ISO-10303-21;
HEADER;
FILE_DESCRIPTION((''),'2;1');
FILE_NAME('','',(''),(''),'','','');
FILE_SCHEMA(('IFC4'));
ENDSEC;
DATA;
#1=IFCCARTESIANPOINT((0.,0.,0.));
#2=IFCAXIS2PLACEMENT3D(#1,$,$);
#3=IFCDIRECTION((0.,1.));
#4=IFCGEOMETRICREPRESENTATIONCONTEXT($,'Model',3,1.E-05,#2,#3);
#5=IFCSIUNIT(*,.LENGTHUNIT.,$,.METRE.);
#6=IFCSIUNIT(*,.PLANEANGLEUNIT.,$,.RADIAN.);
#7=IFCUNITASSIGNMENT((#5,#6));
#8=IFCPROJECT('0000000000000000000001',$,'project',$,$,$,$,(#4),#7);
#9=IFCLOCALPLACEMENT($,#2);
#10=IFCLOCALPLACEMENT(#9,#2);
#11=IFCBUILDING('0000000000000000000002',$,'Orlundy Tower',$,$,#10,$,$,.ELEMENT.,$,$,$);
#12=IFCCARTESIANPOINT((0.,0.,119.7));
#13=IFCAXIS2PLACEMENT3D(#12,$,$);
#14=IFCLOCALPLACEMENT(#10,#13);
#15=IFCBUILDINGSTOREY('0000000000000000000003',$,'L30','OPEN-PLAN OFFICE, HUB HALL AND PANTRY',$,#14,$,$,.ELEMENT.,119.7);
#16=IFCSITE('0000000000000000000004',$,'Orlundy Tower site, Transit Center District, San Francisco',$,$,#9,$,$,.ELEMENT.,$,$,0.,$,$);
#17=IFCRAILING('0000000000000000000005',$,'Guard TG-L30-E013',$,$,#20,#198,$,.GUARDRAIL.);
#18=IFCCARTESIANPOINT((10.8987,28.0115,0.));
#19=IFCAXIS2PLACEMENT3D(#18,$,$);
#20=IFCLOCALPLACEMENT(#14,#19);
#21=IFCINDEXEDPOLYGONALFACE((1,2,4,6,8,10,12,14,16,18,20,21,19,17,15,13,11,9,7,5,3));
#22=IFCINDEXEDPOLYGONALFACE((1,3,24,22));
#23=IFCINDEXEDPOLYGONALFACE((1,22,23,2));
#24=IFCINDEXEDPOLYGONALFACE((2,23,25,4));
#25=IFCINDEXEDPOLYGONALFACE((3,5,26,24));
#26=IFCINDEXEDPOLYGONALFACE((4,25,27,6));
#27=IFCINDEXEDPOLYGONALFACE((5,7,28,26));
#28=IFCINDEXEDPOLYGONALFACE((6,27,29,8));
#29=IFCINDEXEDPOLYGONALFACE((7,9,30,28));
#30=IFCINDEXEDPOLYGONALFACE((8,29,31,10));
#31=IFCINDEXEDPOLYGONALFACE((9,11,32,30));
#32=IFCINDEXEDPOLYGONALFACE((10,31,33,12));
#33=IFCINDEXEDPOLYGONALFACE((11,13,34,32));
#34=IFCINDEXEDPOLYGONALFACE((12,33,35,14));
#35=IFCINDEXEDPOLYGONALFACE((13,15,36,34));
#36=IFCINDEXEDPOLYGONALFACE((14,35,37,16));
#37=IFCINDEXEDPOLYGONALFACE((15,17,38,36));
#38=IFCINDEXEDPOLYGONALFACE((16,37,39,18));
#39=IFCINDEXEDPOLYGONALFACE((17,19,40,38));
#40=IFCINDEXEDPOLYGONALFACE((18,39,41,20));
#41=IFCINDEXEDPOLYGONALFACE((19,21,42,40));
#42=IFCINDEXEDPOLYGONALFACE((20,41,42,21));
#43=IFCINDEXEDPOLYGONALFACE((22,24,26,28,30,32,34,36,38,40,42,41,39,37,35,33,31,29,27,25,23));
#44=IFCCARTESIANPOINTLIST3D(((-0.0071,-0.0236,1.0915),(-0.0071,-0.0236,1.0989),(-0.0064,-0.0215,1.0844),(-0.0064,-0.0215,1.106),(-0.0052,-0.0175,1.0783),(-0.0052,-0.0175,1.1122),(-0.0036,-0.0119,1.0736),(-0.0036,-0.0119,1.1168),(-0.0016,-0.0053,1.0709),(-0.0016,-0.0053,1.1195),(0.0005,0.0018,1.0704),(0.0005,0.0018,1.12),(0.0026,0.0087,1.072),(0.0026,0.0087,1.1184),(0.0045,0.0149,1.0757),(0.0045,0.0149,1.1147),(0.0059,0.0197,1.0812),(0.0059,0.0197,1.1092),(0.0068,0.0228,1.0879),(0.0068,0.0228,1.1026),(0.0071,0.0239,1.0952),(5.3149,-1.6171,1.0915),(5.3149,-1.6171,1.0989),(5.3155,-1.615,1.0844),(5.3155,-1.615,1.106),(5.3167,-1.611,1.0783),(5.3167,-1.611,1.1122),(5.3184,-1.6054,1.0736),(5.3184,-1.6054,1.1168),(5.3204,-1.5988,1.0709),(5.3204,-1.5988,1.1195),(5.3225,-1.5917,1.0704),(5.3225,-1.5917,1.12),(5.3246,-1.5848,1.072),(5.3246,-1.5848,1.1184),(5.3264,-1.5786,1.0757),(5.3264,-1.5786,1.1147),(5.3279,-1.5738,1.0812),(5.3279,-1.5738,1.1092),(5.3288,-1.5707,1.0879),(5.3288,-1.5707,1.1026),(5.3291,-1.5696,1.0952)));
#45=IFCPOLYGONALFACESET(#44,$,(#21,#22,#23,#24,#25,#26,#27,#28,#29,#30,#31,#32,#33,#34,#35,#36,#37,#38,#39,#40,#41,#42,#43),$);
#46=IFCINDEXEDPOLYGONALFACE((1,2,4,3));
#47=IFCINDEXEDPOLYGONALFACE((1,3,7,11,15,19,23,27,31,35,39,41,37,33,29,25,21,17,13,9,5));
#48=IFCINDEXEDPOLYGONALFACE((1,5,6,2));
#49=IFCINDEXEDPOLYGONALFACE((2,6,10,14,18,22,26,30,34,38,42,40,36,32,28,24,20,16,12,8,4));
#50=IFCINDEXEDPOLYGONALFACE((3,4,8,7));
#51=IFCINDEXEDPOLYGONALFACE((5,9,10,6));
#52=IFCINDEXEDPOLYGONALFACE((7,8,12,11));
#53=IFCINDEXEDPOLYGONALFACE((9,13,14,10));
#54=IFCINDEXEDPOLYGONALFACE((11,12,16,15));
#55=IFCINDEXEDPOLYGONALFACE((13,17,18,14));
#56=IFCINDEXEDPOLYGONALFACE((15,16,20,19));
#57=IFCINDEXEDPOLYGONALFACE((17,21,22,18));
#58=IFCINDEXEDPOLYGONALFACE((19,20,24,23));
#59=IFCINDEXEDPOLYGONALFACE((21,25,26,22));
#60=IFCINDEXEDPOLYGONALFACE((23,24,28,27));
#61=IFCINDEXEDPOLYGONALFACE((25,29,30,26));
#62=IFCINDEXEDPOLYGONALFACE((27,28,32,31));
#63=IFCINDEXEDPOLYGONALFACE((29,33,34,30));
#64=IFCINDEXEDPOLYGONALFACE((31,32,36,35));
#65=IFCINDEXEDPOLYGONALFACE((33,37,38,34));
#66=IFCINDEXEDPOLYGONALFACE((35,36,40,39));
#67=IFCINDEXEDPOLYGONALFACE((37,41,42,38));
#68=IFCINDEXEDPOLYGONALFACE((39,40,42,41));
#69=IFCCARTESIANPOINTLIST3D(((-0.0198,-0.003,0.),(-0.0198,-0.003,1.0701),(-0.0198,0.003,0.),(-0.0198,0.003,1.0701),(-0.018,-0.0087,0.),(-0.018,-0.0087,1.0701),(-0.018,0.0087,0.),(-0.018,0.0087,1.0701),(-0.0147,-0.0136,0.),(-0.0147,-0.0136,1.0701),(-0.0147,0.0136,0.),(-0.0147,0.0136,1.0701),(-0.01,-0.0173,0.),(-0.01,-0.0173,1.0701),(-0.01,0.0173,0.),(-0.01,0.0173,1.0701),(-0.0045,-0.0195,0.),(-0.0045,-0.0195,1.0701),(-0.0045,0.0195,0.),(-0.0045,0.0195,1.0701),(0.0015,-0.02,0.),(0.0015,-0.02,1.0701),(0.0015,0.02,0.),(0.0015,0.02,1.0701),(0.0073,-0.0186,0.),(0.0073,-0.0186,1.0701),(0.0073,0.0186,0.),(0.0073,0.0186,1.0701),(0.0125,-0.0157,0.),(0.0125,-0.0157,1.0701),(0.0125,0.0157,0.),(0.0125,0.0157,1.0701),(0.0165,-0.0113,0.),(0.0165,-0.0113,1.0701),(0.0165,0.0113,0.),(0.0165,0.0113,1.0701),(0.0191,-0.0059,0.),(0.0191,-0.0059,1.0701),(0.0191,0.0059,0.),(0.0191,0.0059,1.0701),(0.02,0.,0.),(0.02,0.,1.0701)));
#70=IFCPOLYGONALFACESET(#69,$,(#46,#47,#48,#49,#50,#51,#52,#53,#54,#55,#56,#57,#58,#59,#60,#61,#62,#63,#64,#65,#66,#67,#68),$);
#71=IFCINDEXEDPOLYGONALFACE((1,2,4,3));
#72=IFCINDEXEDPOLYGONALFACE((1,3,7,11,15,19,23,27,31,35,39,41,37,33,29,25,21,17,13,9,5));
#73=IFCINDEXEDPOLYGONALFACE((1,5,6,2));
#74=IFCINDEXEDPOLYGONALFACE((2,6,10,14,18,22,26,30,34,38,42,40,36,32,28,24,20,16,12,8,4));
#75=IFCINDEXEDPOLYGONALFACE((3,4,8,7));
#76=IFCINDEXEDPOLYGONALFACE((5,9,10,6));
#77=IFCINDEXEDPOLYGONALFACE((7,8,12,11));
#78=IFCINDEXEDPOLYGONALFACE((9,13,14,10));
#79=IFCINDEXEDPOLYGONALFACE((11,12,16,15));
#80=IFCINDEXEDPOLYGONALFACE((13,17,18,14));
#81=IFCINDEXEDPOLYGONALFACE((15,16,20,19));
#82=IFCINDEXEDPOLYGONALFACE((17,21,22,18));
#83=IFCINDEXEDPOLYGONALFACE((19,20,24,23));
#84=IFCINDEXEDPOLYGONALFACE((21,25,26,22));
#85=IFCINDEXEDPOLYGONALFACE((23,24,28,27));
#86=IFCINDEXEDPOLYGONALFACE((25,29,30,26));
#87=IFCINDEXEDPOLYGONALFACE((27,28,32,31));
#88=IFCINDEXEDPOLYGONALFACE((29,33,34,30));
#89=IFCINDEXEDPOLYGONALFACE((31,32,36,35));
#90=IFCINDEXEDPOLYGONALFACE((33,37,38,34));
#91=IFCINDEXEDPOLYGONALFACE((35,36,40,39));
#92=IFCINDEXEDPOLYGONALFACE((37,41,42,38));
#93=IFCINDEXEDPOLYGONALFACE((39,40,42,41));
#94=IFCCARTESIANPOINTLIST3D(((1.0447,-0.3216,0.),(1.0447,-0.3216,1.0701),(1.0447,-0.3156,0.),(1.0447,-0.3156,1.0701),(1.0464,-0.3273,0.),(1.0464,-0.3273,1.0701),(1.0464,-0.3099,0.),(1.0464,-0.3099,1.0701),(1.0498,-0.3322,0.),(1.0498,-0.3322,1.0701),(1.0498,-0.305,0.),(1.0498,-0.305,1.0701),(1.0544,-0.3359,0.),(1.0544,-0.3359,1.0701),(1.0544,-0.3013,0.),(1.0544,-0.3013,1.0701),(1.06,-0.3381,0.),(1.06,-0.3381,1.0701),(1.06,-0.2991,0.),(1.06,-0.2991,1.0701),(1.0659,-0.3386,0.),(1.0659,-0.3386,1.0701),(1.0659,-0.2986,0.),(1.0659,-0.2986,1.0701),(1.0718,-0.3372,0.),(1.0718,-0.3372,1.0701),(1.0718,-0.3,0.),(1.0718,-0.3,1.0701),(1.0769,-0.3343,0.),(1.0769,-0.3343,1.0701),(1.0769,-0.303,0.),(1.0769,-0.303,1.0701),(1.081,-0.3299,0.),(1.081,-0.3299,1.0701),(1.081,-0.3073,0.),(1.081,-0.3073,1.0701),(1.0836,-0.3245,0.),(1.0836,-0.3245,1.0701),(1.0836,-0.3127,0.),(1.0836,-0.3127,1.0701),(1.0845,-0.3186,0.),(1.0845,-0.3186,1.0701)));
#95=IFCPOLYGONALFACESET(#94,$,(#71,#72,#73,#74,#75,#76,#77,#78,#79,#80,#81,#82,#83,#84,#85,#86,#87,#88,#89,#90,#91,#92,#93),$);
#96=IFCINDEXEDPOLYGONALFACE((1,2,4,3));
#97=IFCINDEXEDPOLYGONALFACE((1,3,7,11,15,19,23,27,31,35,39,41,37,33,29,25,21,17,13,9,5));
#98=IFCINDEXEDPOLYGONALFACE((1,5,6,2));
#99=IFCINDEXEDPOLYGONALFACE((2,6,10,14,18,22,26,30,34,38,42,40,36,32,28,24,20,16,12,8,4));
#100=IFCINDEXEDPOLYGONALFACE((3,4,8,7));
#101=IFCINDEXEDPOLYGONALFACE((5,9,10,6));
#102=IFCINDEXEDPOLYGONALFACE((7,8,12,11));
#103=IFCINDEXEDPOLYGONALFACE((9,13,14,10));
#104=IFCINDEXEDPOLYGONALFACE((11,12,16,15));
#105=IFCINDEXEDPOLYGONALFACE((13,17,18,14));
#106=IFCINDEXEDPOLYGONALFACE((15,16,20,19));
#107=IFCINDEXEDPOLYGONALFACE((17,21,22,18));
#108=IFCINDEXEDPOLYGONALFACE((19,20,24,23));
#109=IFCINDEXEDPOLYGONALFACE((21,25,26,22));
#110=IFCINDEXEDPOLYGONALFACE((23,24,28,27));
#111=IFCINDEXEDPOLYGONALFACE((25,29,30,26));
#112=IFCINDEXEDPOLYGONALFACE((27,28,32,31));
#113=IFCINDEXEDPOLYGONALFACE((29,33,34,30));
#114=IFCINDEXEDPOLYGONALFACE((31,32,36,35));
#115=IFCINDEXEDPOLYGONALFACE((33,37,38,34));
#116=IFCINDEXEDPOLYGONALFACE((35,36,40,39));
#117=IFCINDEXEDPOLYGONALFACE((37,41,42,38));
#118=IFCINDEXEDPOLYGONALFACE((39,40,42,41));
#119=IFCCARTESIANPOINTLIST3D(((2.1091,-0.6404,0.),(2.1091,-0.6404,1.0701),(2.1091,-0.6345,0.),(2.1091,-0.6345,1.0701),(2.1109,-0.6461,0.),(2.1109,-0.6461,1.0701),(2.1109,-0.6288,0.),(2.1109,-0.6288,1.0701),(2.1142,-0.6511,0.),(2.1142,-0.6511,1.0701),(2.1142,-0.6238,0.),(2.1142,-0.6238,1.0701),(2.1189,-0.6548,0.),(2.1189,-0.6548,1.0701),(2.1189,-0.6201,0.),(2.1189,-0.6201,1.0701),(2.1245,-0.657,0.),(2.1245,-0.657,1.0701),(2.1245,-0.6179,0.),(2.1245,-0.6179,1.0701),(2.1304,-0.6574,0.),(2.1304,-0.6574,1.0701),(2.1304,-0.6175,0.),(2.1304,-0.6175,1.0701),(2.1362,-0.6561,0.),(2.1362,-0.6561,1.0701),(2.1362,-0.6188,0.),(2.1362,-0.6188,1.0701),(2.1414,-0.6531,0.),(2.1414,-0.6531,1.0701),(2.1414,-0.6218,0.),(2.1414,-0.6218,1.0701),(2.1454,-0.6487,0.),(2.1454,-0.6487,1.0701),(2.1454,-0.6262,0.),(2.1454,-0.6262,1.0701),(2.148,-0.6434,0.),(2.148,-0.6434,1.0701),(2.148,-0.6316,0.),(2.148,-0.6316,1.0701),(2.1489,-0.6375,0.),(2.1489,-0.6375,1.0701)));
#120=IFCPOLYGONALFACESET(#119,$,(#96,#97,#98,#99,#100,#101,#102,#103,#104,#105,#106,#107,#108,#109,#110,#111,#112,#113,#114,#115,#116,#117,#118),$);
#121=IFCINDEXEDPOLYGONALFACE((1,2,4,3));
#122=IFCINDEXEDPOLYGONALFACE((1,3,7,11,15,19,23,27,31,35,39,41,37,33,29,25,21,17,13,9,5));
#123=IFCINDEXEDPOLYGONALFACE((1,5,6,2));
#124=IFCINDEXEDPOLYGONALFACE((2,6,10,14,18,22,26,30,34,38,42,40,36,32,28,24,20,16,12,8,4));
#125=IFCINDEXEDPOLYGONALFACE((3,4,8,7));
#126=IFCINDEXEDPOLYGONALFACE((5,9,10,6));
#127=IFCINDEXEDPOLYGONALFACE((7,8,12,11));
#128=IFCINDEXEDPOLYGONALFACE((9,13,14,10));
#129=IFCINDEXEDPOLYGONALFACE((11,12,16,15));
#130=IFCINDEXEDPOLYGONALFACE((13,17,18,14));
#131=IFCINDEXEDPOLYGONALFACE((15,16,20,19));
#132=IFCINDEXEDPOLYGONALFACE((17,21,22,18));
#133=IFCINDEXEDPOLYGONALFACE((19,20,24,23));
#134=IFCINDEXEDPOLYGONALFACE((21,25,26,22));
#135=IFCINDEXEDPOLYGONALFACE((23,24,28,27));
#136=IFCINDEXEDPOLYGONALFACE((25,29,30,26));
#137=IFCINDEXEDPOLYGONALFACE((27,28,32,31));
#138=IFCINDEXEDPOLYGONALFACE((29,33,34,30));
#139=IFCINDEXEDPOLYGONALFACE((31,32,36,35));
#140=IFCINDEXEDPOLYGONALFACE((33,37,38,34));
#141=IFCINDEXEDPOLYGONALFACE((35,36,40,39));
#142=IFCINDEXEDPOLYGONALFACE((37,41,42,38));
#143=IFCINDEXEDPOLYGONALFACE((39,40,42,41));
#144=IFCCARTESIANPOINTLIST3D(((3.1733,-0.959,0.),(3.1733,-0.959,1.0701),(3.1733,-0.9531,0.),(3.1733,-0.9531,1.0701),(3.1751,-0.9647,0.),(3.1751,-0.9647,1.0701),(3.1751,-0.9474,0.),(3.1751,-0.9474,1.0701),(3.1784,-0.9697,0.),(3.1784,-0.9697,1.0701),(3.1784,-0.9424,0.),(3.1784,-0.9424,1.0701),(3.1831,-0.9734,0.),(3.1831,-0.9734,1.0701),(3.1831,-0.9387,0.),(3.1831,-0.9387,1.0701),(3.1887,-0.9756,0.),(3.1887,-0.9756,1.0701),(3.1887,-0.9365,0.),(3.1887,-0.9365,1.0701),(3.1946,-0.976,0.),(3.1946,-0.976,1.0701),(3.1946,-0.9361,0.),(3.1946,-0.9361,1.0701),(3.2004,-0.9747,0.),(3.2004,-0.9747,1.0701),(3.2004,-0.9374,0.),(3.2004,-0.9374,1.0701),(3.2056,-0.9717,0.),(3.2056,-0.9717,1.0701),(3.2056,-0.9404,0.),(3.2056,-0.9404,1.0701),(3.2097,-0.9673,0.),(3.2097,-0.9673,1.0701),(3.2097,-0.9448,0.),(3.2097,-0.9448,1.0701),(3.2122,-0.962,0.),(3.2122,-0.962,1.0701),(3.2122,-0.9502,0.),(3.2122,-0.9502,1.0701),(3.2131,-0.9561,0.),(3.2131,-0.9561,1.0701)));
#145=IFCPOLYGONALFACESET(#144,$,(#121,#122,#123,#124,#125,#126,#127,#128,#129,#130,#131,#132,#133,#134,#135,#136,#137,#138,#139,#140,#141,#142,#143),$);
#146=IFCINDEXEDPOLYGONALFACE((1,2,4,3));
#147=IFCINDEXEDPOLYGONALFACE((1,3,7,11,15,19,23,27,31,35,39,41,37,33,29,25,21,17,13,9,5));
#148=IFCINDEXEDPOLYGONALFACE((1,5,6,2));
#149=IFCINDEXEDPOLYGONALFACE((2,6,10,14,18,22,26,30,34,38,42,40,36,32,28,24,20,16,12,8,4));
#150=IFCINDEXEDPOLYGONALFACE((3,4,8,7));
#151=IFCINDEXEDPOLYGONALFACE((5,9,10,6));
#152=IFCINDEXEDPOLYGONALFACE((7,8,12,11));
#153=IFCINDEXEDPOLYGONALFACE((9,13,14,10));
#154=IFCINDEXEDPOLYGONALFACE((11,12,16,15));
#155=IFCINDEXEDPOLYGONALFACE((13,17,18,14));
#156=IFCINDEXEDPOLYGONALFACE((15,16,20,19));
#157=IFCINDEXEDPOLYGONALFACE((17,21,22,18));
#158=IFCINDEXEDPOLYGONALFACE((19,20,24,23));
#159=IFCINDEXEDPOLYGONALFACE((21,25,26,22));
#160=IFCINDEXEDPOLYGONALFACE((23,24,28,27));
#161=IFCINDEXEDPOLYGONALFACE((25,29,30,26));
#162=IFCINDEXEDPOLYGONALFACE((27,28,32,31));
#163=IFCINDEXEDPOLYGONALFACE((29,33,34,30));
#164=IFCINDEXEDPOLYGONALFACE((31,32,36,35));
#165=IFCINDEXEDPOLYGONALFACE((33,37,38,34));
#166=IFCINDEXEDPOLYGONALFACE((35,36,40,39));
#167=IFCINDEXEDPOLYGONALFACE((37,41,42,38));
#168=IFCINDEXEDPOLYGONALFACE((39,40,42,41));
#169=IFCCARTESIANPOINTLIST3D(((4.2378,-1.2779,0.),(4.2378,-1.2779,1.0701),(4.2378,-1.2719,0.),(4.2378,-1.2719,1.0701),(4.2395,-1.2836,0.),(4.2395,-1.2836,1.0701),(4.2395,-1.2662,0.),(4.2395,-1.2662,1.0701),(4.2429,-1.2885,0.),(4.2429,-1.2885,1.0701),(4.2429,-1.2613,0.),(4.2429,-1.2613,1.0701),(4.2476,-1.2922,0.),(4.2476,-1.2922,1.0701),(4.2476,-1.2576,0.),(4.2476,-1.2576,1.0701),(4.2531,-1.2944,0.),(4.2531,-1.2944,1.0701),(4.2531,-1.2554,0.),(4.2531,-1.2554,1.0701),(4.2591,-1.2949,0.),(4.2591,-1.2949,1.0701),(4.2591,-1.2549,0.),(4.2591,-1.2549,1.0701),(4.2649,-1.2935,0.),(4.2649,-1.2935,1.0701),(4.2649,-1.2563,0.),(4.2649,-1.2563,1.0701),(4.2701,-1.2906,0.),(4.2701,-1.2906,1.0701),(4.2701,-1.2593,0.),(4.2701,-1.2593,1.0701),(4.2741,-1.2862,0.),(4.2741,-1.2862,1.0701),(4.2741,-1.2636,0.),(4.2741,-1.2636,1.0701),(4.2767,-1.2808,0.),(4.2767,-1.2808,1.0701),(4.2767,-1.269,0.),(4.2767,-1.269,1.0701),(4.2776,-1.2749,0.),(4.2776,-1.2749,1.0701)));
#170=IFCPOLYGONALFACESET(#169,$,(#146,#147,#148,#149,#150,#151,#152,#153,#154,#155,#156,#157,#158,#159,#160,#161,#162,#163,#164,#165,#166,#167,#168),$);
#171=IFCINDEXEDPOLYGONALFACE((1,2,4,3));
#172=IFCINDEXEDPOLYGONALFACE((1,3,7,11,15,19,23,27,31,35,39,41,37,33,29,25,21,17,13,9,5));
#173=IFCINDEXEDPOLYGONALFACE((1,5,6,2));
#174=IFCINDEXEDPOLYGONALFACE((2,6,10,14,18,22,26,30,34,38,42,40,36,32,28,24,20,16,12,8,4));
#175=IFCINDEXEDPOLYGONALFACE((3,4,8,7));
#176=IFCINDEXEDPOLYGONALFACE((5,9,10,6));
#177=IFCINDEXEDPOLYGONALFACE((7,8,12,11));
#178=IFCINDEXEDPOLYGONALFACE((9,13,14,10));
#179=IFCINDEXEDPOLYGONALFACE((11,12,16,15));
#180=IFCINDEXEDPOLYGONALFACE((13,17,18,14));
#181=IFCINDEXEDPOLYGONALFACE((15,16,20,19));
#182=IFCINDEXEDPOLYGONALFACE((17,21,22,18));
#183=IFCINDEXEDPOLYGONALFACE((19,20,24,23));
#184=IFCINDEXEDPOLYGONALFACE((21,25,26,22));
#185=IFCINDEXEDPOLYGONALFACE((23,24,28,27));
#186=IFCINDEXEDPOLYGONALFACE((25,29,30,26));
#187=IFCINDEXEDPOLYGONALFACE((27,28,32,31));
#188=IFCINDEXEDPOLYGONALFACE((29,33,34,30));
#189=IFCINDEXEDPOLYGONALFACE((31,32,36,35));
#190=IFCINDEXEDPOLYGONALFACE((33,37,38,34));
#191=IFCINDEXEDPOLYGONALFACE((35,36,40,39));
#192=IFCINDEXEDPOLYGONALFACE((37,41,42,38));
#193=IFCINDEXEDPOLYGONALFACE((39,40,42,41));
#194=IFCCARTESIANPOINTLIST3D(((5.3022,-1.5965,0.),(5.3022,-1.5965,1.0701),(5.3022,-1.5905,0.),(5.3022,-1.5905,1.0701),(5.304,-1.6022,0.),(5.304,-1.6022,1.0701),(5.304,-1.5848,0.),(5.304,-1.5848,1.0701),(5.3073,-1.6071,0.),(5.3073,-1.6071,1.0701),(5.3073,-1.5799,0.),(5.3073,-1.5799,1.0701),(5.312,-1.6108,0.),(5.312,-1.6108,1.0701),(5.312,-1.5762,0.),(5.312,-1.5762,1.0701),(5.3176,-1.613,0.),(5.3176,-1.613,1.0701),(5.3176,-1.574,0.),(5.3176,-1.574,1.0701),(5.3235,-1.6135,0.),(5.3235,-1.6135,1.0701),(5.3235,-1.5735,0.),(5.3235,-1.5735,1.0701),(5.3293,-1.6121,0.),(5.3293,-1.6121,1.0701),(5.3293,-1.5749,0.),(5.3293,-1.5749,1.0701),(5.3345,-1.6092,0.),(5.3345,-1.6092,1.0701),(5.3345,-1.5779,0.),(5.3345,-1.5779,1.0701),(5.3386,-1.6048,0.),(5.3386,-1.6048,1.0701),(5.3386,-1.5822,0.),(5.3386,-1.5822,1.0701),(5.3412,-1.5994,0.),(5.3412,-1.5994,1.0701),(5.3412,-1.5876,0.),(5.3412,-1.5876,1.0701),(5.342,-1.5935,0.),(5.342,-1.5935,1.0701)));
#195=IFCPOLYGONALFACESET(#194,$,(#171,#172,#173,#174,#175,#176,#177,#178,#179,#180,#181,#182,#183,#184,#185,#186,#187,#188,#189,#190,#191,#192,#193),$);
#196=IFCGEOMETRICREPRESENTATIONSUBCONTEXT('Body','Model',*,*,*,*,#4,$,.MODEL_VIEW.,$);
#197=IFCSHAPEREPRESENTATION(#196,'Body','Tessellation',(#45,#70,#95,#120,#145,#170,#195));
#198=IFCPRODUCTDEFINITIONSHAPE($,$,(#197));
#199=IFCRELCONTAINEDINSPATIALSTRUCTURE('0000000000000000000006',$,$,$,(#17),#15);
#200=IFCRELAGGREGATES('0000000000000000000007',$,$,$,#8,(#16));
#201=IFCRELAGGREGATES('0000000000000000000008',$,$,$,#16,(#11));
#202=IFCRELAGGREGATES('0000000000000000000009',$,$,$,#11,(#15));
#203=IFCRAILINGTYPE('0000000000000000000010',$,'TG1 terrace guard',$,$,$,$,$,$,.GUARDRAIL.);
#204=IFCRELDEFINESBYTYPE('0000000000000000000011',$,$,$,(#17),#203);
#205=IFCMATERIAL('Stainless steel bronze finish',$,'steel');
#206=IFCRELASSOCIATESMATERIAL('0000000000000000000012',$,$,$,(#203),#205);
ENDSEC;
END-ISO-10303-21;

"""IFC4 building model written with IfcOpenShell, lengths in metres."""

from ifc_helpers import new_model, si_unit, direction, frame, origin, origin_2d, place, context, subcontext, project, spatial, circle, extrude, material, type_object, element, save


model = new_model("IFC4")

# Units and contexts
model_context = context("Model", 3, precision=1e-05, world=origin(), true_north=direction((0.0, 1.0)))
body_context = subcontext(model_context, "Body", "Model", "MODEL_VIEW")
ifc_project = project(units=[si_unit("LENGTHUNIT", "METRE"), si_unit("PLANEANGLEUNIT", "RADIAN")], contexts=[model_context])

# Site, building, storey
site_placement = place(None, origin())
site = spatial("IfcSite", under=ifc_project, at=site_placement, Name="Orlundy Tower site, Transit Center District, San Francisco", CompositionType="ELEMENT", RefElevation=0.0)
building_placement = place(site_placement, origin())
building = spatial("IfcBuilding", under=site, at=building_placement, Name="Orlundy Tower", CompositionType="ELEMENT")
storey_placement = place(building_placement, frame((0.0, 0.0, 119.7)))
storey = spatial("IfcBuildingStorey", under=building, at=storey_placement, Name="L30", Description="OPEN-PLAN OFFICE, HUB HALL AND PANTRY", CompositionType="ELEMENT", Elevation=119.7)

# Railing
ifc_material_1 = material(Name="Stainless steel bronze finish", Category="steel")
railing_type_1 = type_object("IfcRailingType", Name="TG1 terrace guard", PredefinedType="GUARDRAIL", material=ifc_material_1)
railing_1_placement = place(storey_placement, frame((10.8987, 28.0115, 0.0)))
element("IfcRailing", 1, at=railing_1_placement, inside=storey, type_object=railing_type_1, Name="Guard TG-L30-E013", PredefinedType="GUARDRAIL", context=body_context, shape_type="SweptSolid", body=[
    extrude(circle(Radius=0.0249, at=origin_2d()), frame((0.0, 0.0, 1.0952), z_axis=(0.95798, -0.286836, 0.0), x_axis=(0.286836, 0.95798, 0.0)), (0.0, 0.0, 1.0), 5.5554),
    extrude(circle(Radius=0.02, at=origin_2d()), origin(), (0.0, 0.0, 1.0), 1.0701),
    extrude(circle(Radius=0.02, at=origin_2d()), frame((1.0645, -0.3186, 0.0)), (0.0, 0.0, 1.0), 1.0701),
    extrude(circle(Radius=0.02, at=origin_2d()), frame((2.1289, -0.6375, 0.0)), (0.0, 0.0, 1.0), 1.0701),
    extrude(circle(Radius=0.02, at=origin_2d()), frame((3.1931, -0.9561, 0.0)), (0.0, 0.0, 1.0), 1.0701),
    extrude(circle(Radius=0.02, at=origin_2d()), frame((4.2576, -1.2749, 0.0)), (0.0, 0.0, 1.0), 1.0701),
    extrude(circle(Radius=0.02, at=origin_2d()), frame((5.322, -1.5935, 0.0)), (0.0, 0.0, 1.0), 1.0701),
])

save(model, "model.ifc")
